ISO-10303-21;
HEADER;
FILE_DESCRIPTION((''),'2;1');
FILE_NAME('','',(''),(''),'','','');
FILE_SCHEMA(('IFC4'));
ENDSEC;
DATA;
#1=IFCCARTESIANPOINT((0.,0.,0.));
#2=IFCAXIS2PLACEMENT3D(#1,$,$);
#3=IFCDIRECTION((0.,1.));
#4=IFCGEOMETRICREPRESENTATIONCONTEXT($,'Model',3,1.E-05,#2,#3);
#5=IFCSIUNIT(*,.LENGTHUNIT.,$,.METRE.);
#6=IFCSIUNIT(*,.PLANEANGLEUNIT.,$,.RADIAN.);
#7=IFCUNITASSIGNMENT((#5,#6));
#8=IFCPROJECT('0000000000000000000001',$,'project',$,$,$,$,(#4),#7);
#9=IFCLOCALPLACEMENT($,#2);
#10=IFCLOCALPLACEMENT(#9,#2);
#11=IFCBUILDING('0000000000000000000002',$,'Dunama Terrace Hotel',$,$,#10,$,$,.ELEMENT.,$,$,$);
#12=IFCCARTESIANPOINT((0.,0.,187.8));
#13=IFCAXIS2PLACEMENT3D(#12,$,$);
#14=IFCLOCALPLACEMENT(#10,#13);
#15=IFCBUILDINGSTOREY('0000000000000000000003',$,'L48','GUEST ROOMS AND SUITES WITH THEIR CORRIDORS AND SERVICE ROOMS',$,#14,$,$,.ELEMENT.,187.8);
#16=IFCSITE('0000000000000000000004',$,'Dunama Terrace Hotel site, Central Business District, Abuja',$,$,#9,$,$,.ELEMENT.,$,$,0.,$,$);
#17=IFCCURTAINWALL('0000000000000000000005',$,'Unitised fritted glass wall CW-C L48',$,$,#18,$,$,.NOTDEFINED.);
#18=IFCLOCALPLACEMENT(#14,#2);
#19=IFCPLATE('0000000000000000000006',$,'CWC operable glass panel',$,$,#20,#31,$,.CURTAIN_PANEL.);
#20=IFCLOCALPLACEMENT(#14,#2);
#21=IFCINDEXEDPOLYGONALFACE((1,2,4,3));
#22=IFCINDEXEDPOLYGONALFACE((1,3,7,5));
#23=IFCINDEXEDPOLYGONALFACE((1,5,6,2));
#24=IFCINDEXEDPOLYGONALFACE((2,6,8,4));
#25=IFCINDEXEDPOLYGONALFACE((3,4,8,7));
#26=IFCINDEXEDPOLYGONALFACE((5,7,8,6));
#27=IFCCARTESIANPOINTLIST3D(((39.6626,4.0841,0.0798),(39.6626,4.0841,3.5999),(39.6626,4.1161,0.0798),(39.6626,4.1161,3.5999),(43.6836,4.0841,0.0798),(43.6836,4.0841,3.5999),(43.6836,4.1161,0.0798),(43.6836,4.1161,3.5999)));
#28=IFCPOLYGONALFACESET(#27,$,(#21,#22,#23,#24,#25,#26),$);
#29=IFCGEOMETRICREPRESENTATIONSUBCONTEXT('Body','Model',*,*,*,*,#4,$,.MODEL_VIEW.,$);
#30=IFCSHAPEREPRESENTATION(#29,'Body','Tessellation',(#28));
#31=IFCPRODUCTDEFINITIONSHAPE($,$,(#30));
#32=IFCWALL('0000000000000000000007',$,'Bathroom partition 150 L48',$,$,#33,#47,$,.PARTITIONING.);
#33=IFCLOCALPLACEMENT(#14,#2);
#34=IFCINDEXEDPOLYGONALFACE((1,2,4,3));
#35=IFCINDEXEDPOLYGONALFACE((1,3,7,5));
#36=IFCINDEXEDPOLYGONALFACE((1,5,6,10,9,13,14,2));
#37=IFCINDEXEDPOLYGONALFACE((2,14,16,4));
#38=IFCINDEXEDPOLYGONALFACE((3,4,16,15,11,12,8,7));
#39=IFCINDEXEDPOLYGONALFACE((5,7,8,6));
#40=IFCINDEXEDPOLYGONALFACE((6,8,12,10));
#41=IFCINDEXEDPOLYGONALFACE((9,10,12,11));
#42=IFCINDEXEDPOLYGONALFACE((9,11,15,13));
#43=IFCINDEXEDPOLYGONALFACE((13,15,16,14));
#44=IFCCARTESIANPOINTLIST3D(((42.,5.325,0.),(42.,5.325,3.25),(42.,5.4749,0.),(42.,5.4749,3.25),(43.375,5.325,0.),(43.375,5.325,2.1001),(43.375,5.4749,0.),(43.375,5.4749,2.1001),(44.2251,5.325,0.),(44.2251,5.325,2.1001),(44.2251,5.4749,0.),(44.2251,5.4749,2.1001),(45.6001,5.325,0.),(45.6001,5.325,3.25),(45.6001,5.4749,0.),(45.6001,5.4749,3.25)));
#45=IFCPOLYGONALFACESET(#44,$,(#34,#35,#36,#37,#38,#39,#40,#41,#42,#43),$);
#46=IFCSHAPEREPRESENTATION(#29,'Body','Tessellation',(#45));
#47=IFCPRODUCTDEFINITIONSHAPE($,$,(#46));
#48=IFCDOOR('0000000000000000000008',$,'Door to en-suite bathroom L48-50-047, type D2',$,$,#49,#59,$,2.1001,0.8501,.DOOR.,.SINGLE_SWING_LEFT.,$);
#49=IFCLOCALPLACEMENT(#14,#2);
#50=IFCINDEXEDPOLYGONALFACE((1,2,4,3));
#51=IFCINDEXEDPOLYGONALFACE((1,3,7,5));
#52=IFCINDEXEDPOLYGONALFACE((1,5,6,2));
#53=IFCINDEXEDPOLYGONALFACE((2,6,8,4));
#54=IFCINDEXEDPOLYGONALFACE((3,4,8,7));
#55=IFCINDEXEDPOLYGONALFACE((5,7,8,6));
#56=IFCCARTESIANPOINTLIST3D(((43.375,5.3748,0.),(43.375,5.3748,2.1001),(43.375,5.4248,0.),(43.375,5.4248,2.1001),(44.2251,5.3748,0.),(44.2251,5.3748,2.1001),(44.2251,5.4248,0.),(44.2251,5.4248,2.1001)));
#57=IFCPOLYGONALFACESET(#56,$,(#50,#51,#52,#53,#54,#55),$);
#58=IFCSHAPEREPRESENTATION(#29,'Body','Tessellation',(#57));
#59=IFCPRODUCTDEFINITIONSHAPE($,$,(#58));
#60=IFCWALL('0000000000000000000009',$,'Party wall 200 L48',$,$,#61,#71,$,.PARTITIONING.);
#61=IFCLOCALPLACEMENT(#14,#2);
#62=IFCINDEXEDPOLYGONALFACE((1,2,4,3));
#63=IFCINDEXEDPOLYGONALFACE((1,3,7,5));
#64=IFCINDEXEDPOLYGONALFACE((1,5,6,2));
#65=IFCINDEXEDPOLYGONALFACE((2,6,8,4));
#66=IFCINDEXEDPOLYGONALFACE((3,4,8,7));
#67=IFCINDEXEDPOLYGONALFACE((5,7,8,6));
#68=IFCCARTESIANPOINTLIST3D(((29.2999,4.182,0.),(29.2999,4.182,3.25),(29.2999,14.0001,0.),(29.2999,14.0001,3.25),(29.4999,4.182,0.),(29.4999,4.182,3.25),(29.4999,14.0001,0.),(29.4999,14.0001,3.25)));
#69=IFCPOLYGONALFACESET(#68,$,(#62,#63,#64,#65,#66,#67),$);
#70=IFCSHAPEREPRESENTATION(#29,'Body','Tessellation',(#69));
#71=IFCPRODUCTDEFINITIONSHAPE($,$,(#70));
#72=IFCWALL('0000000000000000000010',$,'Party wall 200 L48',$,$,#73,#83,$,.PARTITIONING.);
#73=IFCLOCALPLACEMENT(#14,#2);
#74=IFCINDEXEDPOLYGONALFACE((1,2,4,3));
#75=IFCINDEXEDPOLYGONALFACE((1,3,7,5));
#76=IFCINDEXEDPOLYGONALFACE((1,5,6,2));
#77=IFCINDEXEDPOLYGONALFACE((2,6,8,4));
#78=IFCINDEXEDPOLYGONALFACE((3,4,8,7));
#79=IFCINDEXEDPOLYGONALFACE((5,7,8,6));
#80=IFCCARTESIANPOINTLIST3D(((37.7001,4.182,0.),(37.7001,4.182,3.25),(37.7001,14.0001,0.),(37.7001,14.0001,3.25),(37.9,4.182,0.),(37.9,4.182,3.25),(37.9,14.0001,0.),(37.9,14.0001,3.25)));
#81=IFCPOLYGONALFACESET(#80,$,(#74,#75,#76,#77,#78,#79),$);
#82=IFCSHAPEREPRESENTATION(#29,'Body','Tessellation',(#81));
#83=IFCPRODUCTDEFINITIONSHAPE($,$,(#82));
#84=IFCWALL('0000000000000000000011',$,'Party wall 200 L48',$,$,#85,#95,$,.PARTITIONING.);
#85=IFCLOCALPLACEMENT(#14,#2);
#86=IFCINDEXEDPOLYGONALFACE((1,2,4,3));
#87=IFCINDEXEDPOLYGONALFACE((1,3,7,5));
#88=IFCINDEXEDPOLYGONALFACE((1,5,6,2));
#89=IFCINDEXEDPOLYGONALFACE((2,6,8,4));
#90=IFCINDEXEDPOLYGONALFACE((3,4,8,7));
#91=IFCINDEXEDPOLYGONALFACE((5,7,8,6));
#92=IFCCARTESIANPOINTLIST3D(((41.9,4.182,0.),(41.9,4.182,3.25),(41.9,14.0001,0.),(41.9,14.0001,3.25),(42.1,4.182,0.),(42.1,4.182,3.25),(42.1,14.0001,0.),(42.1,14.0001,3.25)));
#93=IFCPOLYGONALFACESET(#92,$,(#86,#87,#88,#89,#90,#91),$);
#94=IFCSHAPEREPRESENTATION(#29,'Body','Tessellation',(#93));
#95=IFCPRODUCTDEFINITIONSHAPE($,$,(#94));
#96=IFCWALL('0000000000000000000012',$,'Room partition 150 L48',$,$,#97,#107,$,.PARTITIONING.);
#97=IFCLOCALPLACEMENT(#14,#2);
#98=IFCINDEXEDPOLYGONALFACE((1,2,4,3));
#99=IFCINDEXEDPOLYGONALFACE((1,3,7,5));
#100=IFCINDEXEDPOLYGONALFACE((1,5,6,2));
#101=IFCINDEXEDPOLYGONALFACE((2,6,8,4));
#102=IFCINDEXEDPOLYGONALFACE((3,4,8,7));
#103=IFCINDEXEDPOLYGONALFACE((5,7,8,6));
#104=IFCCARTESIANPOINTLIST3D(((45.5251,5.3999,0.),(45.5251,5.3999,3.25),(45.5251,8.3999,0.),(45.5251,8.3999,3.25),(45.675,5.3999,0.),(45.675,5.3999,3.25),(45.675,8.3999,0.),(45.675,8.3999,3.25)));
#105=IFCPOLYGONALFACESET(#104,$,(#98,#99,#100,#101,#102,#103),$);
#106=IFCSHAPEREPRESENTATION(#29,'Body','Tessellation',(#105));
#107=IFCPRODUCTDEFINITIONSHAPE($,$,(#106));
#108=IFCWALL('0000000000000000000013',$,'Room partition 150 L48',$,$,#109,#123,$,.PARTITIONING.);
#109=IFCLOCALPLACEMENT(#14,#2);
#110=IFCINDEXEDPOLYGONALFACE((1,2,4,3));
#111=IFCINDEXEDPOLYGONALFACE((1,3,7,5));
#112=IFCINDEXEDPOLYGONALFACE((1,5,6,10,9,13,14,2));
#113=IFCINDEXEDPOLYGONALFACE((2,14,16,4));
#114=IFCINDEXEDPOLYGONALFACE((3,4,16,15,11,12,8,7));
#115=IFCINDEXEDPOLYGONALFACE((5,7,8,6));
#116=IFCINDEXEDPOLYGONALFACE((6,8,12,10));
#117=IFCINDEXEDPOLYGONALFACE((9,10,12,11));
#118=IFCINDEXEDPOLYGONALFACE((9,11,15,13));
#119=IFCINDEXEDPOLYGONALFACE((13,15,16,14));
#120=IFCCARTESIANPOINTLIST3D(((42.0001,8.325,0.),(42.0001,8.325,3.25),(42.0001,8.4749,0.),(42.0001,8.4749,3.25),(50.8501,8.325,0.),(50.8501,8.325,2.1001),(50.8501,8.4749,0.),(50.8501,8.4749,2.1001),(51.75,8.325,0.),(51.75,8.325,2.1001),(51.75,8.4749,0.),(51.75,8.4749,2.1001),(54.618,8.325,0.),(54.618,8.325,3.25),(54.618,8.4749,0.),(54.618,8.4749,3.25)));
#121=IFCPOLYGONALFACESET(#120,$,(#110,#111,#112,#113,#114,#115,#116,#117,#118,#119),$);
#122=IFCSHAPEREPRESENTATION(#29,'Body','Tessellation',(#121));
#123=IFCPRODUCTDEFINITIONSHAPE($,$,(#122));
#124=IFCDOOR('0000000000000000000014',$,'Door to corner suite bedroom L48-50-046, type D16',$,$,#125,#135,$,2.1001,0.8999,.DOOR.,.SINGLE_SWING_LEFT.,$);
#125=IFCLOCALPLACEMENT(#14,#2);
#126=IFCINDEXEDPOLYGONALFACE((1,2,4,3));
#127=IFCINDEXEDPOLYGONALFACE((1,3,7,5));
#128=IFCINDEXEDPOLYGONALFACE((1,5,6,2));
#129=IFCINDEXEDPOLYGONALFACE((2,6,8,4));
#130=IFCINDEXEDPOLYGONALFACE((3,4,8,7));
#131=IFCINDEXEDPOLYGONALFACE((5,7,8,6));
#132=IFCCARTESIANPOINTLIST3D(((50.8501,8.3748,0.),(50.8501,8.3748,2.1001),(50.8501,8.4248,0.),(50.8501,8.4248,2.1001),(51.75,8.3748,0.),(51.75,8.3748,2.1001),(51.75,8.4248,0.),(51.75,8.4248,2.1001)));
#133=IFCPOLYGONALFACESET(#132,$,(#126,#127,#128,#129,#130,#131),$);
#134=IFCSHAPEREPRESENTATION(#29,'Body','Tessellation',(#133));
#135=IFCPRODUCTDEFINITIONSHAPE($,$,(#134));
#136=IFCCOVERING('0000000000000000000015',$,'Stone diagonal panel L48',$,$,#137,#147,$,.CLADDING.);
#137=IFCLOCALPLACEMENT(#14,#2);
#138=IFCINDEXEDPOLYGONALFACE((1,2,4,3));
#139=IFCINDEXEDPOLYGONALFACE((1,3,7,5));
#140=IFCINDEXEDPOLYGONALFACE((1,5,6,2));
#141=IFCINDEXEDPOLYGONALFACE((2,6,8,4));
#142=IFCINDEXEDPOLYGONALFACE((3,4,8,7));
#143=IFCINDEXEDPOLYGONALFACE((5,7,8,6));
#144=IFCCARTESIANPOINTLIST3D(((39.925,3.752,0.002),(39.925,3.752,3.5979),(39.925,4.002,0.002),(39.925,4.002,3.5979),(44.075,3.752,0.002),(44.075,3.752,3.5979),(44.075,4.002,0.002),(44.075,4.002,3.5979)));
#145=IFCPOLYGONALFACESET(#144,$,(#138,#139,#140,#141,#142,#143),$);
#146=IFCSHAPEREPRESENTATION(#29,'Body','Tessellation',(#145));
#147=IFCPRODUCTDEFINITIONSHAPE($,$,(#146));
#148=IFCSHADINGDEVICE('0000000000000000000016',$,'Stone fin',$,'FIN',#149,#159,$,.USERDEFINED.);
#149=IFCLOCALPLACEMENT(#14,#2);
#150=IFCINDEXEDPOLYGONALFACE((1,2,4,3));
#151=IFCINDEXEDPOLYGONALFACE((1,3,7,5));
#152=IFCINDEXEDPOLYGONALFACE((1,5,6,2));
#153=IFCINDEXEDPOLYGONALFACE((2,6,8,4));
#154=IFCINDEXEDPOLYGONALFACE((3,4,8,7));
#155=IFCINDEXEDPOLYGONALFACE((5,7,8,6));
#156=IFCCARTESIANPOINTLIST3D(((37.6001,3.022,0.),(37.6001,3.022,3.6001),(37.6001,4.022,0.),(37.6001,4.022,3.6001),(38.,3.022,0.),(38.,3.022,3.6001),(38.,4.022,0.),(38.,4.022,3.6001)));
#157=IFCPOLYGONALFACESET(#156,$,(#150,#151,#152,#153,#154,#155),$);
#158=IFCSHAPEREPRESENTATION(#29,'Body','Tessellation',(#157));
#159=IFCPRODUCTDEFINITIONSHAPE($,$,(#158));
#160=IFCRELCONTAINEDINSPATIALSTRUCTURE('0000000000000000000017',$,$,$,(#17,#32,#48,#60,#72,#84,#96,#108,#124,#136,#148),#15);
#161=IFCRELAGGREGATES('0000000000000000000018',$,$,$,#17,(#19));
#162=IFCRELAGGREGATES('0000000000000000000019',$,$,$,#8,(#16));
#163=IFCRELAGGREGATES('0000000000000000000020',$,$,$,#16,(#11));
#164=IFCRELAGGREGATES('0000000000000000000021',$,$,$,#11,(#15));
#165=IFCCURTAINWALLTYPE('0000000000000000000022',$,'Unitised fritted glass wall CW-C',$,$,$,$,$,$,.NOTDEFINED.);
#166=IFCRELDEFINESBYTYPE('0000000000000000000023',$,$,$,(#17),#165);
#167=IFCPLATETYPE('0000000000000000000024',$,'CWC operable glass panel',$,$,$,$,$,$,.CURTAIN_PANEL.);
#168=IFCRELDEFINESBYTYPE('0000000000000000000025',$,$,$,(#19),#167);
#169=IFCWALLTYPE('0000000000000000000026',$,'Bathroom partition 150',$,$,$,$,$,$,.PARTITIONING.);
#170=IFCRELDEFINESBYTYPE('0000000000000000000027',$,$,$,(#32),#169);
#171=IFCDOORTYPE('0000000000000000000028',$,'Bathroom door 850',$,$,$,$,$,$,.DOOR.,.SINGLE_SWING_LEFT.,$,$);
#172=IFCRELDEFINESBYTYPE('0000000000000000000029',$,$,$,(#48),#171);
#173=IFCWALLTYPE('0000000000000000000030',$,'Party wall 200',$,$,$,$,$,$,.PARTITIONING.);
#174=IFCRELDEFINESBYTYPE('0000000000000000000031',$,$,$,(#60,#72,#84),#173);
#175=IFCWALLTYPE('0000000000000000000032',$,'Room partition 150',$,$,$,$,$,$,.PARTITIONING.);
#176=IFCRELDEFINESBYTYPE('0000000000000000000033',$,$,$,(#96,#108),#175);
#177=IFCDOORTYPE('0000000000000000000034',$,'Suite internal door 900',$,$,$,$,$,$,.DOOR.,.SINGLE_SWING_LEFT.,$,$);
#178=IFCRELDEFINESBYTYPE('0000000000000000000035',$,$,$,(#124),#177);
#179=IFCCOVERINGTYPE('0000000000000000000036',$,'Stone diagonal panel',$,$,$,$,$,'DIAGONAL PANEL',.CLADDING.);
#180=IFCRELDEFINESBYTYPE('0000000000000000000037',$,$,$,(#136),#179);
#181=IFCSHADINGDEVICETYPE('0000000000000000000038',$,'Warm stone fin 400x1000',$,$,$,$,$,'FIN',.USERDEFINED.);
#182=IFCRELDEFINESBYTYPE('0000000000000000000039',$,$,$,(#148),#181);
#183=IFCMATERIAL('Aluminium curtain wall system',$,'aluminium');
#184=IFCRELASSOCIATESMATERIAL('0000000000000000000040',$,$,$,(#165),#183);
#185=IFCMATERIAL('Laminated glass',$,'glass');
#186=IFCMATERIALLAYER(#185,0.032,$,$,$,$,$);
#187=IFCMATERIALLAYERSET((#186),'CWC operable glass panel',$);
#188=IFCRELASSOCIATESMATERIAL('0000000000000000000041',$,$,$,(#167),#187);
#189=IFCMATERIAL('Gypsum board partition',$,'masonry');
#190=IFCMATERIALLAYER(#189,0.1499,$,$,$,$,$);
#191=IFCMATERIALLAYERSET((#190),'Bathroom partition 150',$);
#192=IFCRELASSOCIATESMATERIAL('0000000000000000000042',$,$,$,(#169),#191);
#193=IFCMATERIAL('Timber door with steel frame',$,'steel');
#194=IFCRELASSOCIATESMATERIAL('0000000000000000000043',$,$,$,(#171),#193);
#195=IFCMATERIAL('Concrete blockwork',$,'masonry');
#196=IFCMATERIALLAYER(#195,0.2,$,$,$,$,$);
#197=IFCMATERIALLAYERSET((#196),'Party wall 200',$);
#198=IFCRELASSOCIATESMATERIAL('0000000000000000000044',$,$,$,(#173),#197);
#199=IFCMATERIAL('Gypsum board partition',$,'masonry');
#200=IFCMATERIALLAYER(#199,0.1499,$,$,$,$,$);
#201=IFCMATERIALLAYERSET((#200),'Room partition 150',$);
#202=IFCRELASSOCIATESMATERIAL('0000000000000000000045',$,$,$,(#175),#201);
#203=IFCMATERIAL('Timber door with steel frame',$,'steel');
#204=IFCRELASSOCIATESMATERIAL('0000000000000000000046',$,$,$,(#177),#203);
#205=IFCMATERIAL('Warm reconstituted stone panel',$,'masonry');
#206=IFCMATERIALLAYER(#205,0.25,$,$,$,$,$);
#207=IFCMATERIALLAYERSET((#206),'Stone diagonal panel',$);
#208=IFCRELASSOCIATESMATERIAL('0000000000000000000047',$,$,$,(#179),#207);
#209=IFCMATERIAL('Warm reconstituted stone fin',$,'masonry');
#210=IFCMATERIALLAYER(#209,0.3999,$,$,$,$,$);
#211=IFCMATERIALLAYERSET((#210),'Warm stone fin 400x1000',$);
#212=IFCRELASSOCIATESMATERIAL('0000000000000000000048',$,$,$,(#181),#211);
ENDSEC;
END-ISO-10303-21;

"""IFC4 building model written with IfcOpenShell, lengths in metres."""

from ifc_helpers import new_model, si_unit, direction, frame, frame_2d, origin, origin_2d, place, context, subcontext, project, spatial, rectangle, extrude, material, layer, layer_set, type_object, element, fill, aggregate, save


model = new_model("IFC4")

# Units and contexts
model_context = context("Model", 3, precision=1e-05, world=origin(), true_north=direction((0.0, 1.0)))
body_context = subcontext(model_context, "Body", "Model", "MODEL_VIEW")
ifc_project = project(units=[si_unit("LENGTHUNIT", "METRE"), si_unit("PLANEANGLEUNIT", "RADIAN")], contexts=[model_context])

# Site, building, storey
site_placement = place(None, origin())
site = spatial("IfcSite", under=ifc_project, at=site_placement, Name="Dunama Terrace Hotel site, Central Business District, Abuja", CompositionType="ELEMENT", RefElevation=0.0)
building_placement = place(site_placement, origin())
building = spatial("IfcBuilding", under=site, at=building_placement, Name="Dunama Terrace Hotel", CompositionType="ELEMENT")
storey_placement = place(building_placement, frame((0.0, 0.0, 187.8)))
storey = spatial("IfcBuildingStorey", under=building, at=storey_placement, Name="L48", Description="GUEST ROOMS AND SUITES WITH THEIR CORRIDORS AND SERVICE ROOMS", CompositionType="ELEMENT", Elevation=187.8)

# Curtain wall
ifc_material_1 = material(Name="Aluminium curtain wall system", Category="aluminium")
curtain_wall_type = type_object("IfcCurtainWallType", Name="Unitised fritted glass wall CW-C", PredefinedType="NOTDEFINED", material=ifc_material_1)
curtain_wall_placement = place(storey_placement, origin())
curtain_wall = element("IfcCurtainWall", 1, at=curtain_wall_placement, inside=storey, type_object=curtain_wall_type, Name="Unitised fritted glass wall CW-C L48", PredefinedType="NOTDEFINED")

# Plate
ifc_material_2 = material(Name="Laminated glass", Category="glass")
ifc_layer_1 = layer(ifc_material_2, 0.032)
ifc_layer_set_1 = layer_set([ifc_layer_1], Name="CWC operable glass panel")
plate_type_1 = type_object("IfcPlateType", Name="CWC operable glass panel", PredefinedType="CURTAIN_PANEL", material=ifc_layer_set_1)
plate_1_placement = place(storey_placement, frame((41.6731, 4.1001, 0.0798), z_axis=(0.0, 0.0, 1.0), x_axis=(1.0, 0.0, 0.0)))
plate_1 = element("IfcPlate", 2, at=plate_1_placement, type_object=plate_type_1, Name="CWC operable glass panel", PredefinedType="CURTAIN_PANEL", context=body_context, shape_type="SweptSolid", body=[
    extrude(rectangle(XDim=4.021, YDim=0.032, at=origin_2d()), origin(), (0.0, 0.0, 1.0), 3.52),
])
aggregate(curtain_wall, [plate_1])

# Wall, opening, door
ifc_material_3 = material(Name="Gypsum board partition", Category="masonry")
ifc_layer_2 = layer(ifc_material_3, 0.1499)
ifc_layer_set_2 = layer_set([ifc_layer_2], Name="Bathroom partition 150")
wall_type_1 = type_object("IfcWallType", Name="Bathroom partition 150", PredefinedType="PARTITIONING", material=ifc_layer_set_2)
wall_1_placement = place(storey_placement, frame((42.0, 5.3999, 0.0), z_axis=(0.0, 0.0, 1.0), x_axis=(1.0, 0.0, 0.0)))
wall_1 = element("IfcWall", 3, at=wall_1_placement, inside=storey, type_object=wall_type_1, Name="Bathroom partition 150 L48", PredefinedType="PARTITIONING", context=body_context, shape_type="SweptSolid", body=[
    extrude(rectangle(XDim=3.6001, YDim=0.1499, at=frame_2d((1.8, 0.0))), origin(), (0.0, 0.0, 1.0), 3.25),
])
opening_1_placement = place(wall_1_placement, frame((1.375, 0.0, 0.0)))
opening_1 = element("IfcOpeningElement", 4, at=opening_1_placement, cuts=wall_1, PredefinedType="OPENING", context=body_context, shape_type="SweptSolid", body=[
    extrude(rectangle(XDim=0.8501, YDim=2.1001, at=frame_2d((0.425, 1.05))), frame((0.0, 0.085, 0.0), z_axis=(0.0, -1.0, 0.0), x_axis=(1.0, 0.0, 0.0)), (0.0, 0.0, 1.0), 0.1699),
])
ifc_material_4 = material(Name="Timber door with steel frame", Category="steel")
door_type_1 = type_object("IfcDoorType", Name="Bathroom door 850", OperationType="SINGLE_SWING_LEFT", PredefinedType="DOOR", material=ifc_material_4)
door_1_placement = place(opening_1_placement, origin())
door_1 = element("IfcDoor", 5, at=door_1_placement, inside=storey, type_object=door_type_1, Name="Door to en-suite bathroom L48-50-047, type D2", OperationType="SINGLE_SWING_LEFT", OverallHeight=2.1001, OverallWidth=0.8501, PredefinedType="DOOR", context=body_context, shape_type="SweptSolid", body=[
    extrude(rectangle(XDim=0.8501, YDim=2.1001, at=frame_2d((0.425, 1.05))), frame((0.0, 0.0249, 0.0), z_axis=(0.0, -1.0, 0.0), x_axis=(1.0, 0.0, 0.0)), (0.0, 0.0, 1.0), 0.05),
])
fill(opening_1, door_1)

# Walls
ifc_material_5 = material(Name="Concrete blockwork", Category="masonry")
ifc_layer_3 = layer(ifc_material_5, 0.2)
ifc_layer_set_3 = layer_set([ifc_layer_3], Name="Party wall 200")
wall_type_2 = type_object("IfcWallType", Name="Party wall 200", PredefinedType="PARTITIONING", material=ifc_layer_set_3)
for number, where, z_axis, x_axis, name in (
    (6, (29.3999, 4.1819, 0.0), (0.0, 0.0, 1.0), (0.0, 1.0, 0.0), "Party wall 200 L48"),
    (7, (37.8, 4.1819, 0.0), (0.0, 0.0, 1.0), (0.0, 1.0, 0.0), "Party wall 200 L48"),
    (8, (42.0, 4.1819, 0.0), (0.0, 0.0, 1.0), (0.0, 1.0, 0.0), "Party wall 200 L48"),
):
    element("IfcWall", number, at=place(storey_placement, frame(where, z_axis=z_axis, x_axis=x_axis)), inside=storey, type_object=wall_type_2, Name=name, PredefinedType="PARTITIONING", context=body_context, shape_type="SweptSolid", body=[
        extrude(rectangle(XDim=9.8181, YDim=0.2, at=frame_2d((4.9092, 0.0))), origin(), (0.0, 0.0, 1.0), 3.25),
    ])
ifc_material_6 = material(Name="Gypsum board partition", Category="masonry")
ifc_layer_4 = layer(ifc_material_6, 0.1499)
ifc_layer_set_4 = layer_set([ifc_layer_4], Name="Room partition 150")
wall_type_3 = type_object("IfcWallType", Name="Room partition 150", PredefinedType="PARTITIONING", material=ifc_layer_set_4)
wall_2_placement = place(storey_placement, frame((45.6001, 5.3999, 0.0), z_axis=(0.0, 0.0, 1.0), x_axis=(0.0, 1.0, 0.0)))
element("IfcWall", 9, at=wall_2_placement, inside=storey, type_object=wall_type_3, Name="Room partition 150 L48", PredefinedType="PARTITIONING", context=body_context, shape_type="SweptSolid", body=[
    extrude(rectangle(XDim=3.0, YDim=0.1499, at=frame_2d((1.5, 0.0))), origin(), (0.0, 0.0, 1.0), 3.25),
])

# Wall, opening, door
wall_3_placement = place(storey_placement, frame((42.0, 8.3999, 0.0), z_axis=(0.0, 0.0, 1.0), x_axis=(1.0, 0.0, 0.0)))
wall_3 = element("IfcWall", 10, at=wall_3_placement, inside=storey, type_object=wall_type_3, Name="Room partition 150 L48", PredefinedType="PARTITIONING", context=body_context, shape_type="SweptSolid", body=[
    extrude(rectangle(XDim=12.6179, YDim=0.1499, at=frame_2d((6.3091, 0.0))), origin(), (0.0, 0.0, 1.0), 3.25),
])
opening_2_placement = place(wall_3_placement, frame((8.8501, 0.0, 0.0)))
opening_2 = element("IfcOpeningElement", 11, at=opening_2_placement, cuts=wall_3, PredefinedType="OPENING", context=body_context, shape_type="SweptSolid", body=[
    extrude(rectangle(XDim=0.8999, YDim=2.1001, at=frame_2d((0.45, 1.05))), frame((0.0, 0.085, 0.0), z_axis=(0.0, -1.0, 0.0), x_axis=(1.0, 0.0, 0.0)), (0.0, 0.0, 1.0), 0.1699),
])
ifc_material_7 = material(Name="Timber door with steel frame", Category="steel")
door_type_2 = type_object("IfcDoorType", Name="Suite internal door 900", OperationType="SINGLE_SWING_LEFT", PredefinedType="DOOR", material=ifc_material_7)
door_2_placement = place(opening_2_placement, frame((0.8999, 0.0, 0.0), z_axis=(0.0, 0.0, 1.0), x_axis=(-1.0, 0.0, 0.0)))
door_2 = element("IfcDoor", 12, at=door_2_placement, inside=storey, type_object=door_type_2, Name="Door to corner suite bedroom L48-50-046, type D16", OperationType="SINGLE_SWING_LEFT", OverallHeight=2.1001, OverallWidth=0.8999, PredefinedType="DOOR", context=body_context, shape_type="SweptSolid", body=[
    extrude(rectangle(XDim=0.8999, YDim=2.1001, at=frame_2d((0.45, 1.05))), frame((0.0, 0.0251, 0.0), z_axis=(0.0, -1.0, 0.0), x_axis=(1.0, 0.0, 0.0)), (0.0, 0.0, 1.0), 0.05),
])
fill(opening_2, door_2)

# Covering
ifc_material_8 = material(Name="Warm reconstituted stone panel", Category="masonry")
ifc_layer_5 = layer(ifc_material_8, 0.25)
ifc_layer_set_5 = layer_set([ifc_layer_5], Name="Stone diagonal panel")
covering_type = type_object("IfcCoveringType", Name="Stone diagonal panel", ElementType="DIAGONAL PANEL", PredefinedType="CLADDING", material=ifc_layer_set_5)
covering_placement = place(storey_placement, frame((42.0, 3.877, 0.002), z_axis=(0.0, 0.0, 1.0), x_axis=(1.0, 0.0, 0.0)))
element("IfcCovering", 13, at=covering_placement, inside=storey, type_object=covering_type, Name="Stone diagonal panel L48", PredefinedType="CLADDING", context=body_context, shape_type="SweptSolid", body=[
    extrude(rectangle(XDim=4.1499, YDim=0.25, at=origin_2d()), origin(), (0.0, 0.0, 1.0), 3.5959),
])

# Shading device
ifc_material_9 = material(Name="Warm reconstituted stone fin", Category="masonry")
ifc_layer_6 = layer(ifc_material_9, 0.3999)
ifc_layer_set_6 = layer_set([ifc_layer_6], Name="Warm stone fin 400x1000")
shading_device_type = type_object("IfcShadingDeviceType", Name="Warm stone fin 400x1000", ElementType="FIN", PredefinedType="USERDEFINED", material=ifc_layer_set_6)
shading_device_placement = place(storey_placement, frame((37.8, 3.522, 0.0), z_axis=(0.0, 0.0, 1.0), x_axis=(1.0, 0.0, 0.0)))
element("IfcShadingDevice", 14, at=shading_device_placement, inside=storey, type_object=shading_device_type, Name="Stone fin", ObjectType="FIN", PredefinedType="USERDEFINED", context=body_context, shape_type="SweptSolid", body=[
    extrude(rectangle(XDim=0.3999, YDim=1.0, at=origin_2d()), origin(), (0.0, 0.0, 1.0), 3.6001),
])

save(model, "model.ifc")
